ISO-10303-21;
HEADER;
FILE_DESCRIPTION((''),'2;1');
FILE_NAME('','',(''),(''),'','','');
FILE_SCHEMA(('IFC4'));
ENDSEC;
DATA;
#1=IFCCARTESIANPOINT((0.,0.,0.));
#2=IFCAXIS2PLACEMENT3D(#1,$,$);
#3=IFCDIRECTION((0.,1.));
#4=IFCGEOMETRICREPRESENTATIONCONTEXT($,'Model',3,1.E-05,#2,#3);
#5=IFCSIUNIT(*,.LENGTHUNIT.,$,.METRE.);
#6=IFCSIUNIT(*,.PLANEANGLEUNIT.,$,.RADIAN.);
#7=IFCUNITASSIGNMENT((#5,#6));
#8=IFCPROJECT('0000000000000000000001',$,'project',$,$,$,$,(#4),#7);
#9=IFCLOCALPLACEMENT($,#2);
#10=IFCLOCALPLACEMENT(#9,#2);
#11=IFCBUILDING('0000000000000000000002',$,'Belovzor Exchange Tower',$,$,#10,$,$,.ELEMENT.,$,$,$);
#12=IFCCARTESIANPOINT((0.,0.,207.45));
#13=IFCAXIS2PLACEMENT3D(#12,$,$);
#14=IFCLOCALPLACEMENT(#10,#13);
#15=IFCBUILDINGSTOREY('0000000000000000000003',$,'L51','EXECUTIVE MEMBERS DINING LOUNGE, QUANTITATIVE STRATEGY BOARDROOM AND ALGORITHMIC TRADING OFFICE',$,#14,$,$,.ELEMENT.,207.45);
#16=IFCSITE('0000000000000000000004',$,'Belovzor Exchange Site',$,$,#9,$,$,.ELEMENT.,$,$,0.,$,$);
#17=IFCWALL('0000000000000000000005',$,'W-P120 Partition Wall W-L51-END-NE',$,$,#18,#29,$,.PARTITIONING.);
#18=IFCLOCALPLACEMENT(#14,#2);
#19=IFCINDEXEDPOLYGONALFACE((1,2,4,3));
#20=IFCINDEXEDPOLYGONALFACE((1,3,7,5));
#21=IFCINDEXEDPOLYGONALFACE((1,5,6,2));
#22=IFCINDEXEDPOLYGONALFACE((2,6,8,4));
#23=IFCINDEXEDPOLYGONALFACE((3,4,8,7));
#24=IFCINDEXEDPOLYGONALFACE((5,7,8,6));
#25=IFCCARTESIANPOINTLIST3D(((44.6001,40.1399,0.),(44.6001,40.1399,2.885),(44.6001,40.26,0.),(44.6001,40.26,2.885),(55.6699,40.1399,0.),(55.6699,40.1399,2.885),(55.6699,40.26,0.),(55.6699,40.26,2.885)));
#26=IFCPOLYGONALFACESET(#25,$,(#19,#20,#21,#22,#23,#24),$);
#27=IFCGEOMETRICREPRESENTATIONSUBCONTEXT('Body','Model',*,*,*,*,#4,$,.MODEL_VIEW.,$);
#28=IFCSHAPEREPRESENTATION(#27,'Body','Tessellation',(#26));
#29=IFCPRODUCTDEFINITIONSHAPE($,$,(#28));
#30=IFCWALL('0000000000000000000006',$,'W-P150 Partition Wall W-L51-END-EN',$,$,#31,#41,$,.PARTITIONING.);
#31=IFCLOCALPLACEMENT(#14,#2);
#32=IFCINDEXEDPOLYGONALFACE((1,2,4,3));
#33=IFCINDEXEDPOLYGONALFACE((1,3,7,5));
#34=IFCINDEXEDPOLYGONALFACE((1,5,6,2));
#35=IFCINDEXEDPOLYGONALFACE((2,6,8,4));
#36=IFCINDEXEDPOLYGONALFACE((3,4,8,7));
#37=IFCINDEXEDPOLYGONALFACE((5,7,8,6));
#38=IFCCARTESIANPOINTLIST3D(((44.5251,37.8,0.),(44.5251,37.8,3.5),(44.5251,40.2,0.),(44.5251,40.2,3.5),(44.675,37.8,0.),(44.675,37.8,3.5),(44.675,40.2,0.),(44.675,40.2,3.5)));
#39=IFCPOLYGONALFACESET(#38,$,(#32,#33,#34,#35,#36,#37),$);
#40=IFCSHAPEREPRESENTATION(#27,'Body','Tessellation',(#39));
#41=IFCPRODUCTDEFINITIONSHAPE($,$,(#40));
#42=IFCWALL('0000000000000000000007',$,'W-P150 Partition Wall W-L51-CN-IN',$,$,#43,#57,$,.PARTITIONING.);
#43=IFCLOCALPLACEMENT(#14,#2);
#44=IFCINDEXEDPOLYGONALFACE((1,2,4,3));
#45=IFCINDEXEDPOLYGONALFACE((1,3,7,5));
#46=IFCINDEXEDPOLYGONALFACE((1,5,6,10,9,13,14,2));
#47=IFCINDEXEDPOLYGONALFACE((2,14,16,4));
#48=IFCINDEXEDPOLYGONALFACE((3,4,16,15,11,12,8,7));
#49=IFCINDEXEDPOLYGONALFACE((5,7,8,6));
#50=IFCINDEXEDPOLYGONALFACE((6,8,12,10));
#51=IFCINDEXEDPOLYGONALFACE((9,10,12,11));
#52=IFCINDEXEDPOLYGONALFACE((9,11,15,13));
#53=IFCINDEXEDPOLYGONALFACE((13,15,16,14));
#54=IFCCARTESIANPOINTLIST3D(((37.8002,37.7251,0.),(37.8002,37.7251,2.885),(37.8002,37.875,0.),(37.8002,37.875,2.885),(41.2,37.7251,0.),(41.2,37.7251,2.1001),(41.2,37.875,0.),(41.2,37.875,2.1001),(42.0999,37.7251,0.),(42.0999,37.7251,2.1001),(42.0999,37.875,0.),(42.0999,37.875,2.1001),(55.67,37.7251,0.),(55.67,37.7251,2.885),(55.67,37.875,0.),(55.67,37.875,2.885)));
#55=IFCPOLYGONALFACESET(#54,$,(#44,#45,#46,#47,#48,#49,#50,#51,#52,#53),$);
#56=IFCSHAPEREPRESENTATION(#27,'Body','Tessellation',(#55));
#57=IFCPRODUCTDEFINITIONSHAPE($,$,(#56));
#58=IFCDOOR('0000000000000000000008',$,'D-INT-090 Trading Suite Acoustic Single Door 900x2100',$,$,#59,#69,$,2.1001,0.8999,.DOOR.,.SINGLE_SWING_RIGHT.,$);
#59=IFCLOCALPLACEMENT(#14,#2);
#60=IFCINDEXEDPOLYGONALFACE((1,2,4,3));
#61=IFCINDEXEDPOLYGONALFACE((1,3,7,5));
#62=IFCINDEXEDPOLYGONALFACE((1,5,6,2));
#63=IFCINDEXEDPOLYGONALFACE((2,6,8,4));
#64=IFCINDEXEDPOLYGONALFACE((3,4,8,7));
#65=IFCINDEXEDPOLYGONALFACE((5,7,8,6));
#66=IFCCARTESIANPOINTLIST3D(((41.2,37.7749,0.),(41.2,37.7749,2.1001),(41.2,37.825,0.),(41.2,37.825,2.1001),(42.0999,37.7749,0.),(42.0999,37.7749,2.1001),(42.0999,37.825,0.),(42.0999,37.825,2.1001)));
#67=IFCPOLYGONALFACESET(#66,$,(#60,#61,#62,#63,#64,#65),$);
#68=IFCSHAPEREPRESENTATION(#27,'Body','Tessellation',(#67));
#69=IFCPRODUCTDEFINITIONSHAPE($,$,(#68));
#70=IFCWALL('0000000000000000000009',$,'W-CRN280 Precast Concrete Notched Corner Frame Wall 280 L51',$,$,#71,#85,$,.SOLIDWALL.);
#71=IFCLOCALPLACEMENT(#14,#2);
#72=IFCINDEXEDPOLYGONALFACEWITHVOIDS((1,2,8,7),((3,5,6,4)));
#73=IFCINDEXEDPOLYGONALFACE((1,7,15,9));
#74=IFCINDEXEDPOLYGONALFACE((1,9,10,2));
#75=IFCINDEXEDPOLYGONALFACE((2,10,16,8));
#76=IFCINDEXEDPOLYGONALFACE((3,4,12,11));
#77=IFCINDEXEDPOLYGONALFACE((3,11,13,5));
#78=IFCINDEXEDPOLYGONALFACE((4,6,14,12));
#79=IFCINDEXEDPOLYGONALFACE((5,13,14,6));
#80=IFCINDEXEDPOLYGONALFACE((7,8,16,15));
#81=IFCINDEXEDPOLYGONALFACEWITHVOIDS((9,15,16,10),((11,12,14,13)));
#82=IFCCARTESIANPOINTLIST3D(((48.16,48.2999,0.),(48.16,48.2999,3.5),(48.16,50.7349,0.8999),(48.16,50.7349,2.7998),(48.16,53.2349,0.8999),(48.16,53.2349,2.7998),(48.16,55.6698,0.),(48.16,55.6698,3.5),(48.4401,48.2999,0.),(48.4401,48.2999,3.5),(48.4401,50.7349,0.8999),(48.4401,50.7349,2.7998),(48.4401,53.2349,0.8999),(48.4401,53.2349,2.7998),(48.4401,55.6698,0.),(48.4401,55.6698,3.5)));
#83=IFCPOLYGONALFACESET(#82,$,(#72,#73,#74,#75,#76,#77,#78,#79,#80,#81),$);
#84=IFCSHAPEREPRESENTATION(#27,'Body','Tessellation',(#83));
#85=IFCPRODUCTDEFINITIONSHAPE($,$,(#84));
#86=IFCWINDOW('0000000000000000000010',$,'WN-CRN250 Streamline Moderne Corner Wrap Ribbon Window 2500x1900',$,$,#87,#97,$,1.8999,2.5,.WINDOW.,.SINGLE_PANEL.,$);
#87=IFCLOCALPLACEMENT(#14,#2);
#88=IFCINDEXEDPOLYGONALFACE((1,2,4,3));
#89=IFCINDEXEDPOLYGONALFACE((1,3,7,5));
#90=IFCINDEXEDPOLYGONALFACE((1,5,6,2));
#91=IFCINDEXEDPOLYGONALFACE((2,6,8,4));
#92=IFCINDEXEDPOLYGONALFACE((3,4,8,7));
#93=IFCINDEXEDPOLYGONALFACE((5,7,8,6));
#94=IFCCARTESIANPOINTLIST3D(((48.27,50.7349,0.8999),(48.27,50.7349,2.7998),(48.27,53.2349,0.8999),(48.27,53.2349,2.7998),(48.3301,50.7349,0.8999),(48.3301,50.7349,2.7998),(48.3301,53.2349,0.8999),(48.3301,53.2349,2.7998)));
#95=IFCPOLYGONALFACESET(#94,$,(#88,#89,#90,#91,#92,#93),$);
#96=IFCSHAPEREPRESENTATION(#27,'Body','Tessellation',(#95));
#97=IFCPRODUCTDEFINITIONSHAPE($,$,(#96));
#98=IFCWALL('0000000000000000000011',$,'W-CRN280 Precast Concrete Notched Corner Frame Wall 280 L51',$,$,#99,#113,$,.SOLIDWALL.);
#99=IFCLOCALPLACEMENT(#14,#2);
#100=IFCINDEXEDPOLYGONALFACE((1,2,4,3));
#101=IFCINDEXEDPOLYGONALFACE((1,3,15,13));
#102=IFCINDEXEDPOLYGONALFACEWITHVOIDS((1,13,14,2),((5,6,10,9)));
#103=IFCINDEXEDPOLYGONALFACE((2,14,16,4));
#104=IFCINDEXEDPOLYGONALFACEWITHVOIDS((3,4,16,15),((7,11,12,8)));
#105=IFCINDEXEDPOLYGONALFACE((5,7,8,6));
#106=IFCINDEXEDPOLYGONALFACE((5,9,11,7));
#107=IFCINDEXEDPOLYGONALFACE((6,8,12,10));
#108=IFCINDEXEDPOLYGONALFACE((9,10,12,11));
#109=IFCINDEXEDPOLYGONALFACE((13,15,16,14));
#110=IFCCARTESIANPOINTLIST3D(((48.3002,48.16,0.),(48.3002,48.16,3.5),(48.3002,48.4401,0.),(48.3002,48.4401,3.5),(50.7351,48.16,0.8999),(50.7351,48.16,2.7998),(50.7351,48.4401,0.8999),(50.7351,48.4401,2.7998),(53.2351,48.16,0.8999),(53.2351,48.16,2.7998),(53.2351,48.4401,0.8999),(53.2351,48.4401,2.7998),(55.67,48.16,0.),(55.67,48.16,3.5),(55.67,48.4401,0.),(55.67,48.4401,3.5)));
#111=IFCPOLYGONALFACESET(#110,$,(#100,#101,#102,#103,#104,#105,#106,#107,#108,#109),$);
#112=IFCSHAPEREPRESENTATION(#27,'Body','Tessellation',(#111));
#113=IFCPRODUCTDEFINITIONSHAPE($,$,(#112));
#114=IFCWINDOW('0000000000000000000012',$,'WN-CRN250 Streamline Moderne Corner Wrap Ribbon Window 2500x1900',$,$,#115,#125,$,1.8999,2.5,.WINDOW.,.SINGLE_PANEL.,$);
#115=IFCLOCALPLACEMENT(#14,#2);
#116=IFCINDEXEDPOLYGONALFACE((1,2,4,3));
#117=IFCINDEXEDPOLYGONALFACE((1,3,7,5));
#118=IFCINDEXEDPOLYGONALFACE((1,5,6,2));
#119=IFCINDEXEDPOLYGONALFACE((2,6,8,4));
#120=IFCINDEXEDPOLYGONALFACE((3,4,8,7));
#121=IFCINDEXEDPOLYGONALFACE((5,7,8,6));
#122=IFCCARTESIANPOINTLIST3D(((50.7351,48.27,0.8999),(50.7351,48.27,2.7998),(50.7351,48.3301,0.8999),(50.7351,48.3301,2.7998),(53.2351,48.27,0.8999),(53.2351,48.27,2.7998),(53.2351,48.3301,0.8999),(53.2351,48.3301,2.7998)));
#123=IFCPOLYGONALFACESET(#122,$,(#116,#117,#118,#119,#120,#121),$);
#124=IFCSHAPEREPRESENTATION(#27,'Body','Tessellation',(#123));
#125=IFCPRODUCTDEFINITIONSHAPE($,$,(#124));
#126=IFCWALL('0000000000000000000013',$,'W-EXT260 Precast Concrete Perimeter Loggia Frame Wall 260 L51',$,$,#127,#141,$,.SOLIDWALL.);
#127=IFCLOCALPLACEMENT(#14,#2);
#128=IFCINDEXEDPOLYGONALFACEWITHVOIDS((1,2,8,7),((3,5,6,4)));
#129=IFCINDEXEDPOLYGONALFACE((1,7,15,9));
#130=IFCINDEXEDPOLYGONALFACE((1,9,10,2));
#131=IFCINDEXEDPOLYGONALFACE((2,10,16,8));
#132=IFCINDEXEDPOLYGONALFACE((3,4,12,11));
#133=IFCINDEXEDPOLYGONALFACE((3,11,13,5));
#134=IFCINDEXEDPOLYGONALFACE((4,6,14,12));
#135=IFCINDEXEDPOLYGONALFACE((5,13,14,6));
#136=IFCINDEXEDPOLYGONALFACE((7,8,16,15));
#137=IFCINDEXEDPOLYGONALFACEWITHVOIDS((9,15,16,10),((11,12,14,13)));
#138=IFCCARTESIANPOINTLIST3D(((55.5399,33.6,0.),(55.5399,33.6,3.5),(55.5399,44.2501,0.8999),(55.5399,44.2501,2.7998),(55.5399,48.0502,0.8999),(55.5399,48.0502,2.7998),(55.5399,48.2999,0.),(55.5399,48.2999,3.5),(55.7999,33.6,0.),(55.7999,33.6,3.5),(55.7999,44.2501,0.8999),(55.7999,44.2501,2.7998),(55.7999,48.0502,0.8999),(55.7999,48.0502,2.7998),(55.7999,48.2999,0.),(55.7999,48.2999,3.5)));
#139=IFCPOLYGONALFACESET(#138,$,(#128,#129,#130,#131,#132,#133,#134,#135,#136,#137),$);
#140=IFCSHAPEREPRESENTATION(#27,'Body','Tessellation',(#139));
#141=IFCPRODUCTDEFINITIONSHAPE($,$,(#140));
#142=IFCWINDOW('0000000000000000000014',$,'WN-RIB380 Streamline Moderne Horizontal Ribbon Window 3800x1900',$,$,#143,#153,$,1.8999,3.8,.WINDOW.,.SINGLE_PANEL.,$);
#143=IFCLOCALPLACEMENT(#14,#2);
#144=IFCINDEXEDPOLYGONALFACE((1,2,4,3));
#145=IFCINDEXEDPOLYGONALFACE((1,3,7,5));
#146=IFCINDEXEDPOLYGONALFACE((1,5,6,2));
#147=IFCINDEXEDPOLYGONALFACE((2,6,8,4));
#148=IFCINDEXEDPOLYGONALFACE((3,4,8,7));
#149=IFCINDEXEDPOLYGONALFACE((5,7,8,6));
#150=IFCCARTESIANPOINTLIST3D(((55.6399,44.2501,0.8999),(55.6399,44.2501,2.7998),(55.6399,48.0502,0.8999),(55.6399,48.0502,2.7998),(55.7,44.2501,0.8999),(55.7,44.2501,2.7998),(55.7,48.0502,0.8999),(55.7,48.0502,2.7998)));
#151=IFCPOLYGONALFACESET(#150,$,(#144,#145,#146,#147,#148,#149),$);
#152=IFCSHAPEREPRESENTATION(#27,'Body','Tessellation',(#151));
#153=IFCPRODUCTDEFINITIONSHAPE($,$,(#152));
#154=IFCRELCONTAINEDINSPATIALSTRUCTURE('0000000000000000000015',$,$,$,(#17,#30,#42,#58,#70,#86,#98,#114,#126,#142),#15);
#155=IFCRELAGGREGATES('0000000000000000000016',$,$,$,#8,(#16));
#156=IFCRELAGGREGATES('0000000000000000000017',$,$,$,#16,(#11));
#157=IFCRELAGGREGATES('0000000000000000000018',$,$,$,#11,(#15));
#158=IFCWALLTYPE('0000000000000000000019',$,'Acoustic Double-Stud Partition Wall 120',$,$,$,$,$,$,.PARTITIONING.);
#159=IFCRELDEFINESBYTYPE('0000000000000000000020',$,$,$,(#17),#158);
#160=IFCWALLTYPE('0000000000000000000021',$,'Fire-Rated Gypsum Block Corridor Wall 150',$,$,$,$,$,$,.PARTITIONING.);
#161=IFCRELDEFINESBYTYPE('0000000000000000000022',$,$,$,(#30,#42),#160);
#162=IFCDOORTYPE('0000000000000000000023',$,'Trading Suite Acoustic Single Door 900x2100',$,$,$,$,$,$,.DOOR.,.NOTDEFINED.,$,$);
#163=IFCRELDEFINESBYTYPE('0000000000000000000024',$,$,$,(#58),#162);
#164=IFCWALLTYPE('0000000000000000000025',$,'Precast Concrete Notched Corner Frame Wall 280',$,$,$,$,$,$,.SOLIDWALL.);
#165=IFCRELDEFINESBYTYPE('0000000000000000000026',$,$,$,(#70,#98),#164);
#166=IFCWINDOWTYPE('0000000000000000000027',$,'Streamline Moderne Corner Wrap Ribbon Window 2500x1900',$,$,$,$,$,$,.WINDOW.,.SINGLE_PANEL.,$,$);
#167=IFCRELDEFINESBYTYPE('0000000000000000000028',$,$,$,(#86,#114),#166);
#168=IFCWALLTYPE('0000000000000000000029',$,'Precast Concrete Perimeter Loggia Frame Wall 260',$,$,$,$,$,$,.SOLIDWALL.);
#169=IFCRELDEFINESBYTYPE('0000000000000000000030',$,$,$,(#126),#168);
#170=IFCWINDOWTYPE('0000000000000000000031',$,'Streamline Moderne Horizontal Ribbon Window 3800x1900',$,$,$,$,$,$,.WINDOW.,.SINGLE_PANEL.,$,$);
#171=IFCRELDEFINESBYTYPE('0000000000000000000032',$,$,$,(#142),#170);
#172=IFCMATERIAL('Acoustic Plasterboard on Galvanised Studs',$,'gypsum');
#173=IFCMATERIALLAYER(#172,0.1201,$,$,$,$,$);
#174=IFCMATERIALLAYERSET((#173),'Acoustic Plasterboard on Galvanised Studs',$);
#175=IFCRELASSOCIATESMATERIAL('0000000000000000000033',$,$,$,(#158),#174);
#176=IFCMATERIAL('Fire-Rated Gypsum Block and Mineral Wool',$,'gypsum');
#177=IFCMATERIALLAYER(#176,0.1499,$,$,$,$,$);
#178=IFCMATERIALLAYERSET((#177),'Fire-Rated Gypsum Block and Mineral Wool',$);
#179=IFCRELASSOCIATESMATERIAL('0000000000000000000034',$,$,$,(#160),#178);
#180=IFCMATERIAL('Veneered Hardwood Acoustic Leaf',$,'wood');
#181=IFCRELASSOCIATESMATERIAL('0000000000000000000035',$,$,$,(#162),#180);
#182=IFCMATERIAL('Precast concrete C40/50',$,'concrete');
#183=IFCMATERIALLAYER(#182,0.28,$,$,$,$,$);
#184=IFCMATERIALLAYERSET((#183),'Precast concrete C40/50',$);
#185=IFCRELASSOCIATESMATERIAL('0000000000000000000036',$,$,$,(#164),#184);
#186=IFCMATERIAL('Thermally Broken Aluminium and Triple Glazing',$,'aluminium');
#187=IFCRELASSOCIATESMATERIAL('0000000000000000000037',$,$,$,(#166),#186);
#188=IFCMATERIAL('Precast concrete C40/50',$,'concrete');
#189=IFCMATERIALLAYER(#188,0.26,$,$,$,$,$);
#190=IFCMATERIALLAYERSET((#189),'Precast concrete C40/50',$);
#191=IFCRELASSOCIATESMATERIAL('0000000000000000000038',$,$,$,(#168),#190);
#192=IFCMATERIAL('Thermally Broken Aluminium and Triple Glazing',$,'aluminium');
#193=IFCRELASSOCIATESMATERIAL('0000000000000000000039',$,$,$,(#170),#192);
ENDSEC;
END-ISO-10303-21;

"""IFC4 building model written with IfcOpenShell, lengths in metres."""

from ifc_helpers import new_model, si_unit, direction, frame, frame_2d, origin, place, context, subcontext, project, spatial, rectangle, extrude, material, layer, layer_set, type_object, element, fill, save


model = new_model("IFC4")

# Units and contexts
model_context = context("Model", 3, precision=1e-05, world=origin(), true_north=direction((0.0, 1.0)))
body_context = subcontext(model_context, "Body", "Model", "MODEL_VIEW")
ifc_project = project(units=[si_unit("LENGTHUNIT", "METRE"), si_unit("PLANEANGLEUNIT", "RADIAN")], contexts=[model_context])

# Site, building, storey
site_placement = place(None, origin())
site = spatial("IfcSite", under=ifc_project, at=site_placement, Name="Belovzor Exchange Site", CompositionType="ELEMENT", RefElevation=0.0)
building_placement = place(site_placement, origin())
building = spatial("IfcBuilding", under=site, at=building_placement, Name="Belovzor Exchange Tower", CompositionType="ELEMENT")
storey_placement = place(building_placement, frame((0.0, 0.0, 207.45)))
storey = spatial("IfcBuildingStorey", under=building, at=storey_placement, Name="L51", Description="EXECUTIVE MEMBERS DINING LOUNGE, QUANTITATIVE STRATEGY BOARDROOM AND ALGORITHMIC TRADING OFFICE", CompositionType="ELEMENT", Elevation=207.45)

# Walls
ifc_material_1 = material(Name="Acoustic Plasterboard on Galvanised Studs", Category="gypsum")
ifc_layer_1 = layer(ifc_material_1, 0.1201)
ifc_layer_set_1 = layer_set([ifc_layer_1], Name="Acoustic Plasterboard on Galvanised Studs")
wall_type_1 = type_object("IfcWallType", Name="Acoustic Double-Stud Partition Wall 120", PredefinedType="PARTITIONING", material=ifc_layer_set_1)
wall_1_placement = place(storey_placement, frame((44.6001, 40.2, 0.0), z_axis=(0.0, 0.0, 1.0), x_axis=(1.0, 0.0, 0.0)))
element("IfcWall", 1, at=wall_1_placement, inside=storey, type_object=wall_type_1, Name="W-P120 Partition Wall W-L51-END-NE", PredefinedType="PARTITIONING", context=body_context, shape_type="SweptSolid", body=[
    extrude(rectangle(XDim=11.0698, YDim=0.1201, at=frame_2d((5.5349, 0.0))), origin(), (0.0, 0.0, 1.0), 2.885),
])
ifc_material_2 = material(Name="Fire-Rated Gypsum Block and Mineral Wool", Category="gypsum")
ifc_layer_2 = layer(ifc_material_2, 0.1499)
ifc_layer_set_2 = layer_set([ifc_layer_2], Name="Fire-Rated Gypsum Block and Mineral Wool")
wall_type_2 = type_object("IfcWallType", Name="Fire-Rated Gypsum Block Corridor Wall 150", PredefinedType="PARTITIONING", material=ifc_layer_set_2)
wall_2_placement = place(storey_placement, frame((44.6001, 37.8, 0.0), z_axis=(0.0, 0.0, 1.0), x_axis=(0.0, 1.0, 0.0)))
element("IfcWall", 2, at=wall_2_placement, inside=storey, type_object=wall_type_2, Name="W-P150 Partition Wall W-L51-END-EN", PredefinedType="PARTITIONING", context=body_context, shape_type="SweptSolid", body=[
    extrude(rectangle(XDim=2.3999, YDim=0.1499, at=frame_2d((1.2, 0.0))), origin(), (0.0, 0.0, 1.0), 3.5),
])

# Wall, opening, door
wall_3_placement = place(storey_placement, frame((37.8, 37.8, 0.0), z_axis=(0.0, 0.0, 1.0), x_axis=(1.0, 0.0, 0.0)))
wall_3 = element("IfcWall", 3, at=wall_3_placement, inside=storey, type_object=wall_type_2, Name="W-P150 Partition Wall W-L51-CN-IN", PredefinedType="PARTITIONING", context=body_context, shape_type="SweptSolid", body=[
    extrude(rectangle(XDim=17.8699, YDim=0.1499, at=frame_2d((8.9351, 0.0))), origin(), (0.0, 0.0, 1.0), 2.885),
])
opening_1_placement = place(wall_3_placement, frame((3.3999, 0.0, 0.0)))
opening_1 = element("IfcOpeningElement", 4, at=opening_1_placement, cuts=wall_3, PredefinedType="OPENING", context=body_context, shape_type="SweptSolid", body=[
    extrude(rectangle(XDim=0.8999, YDim=2.1001, at=frame_2d((0.45, 1.05))), frame((0.0, 0.085, 0.0), z_axis=(0.0, -1.0, 0.0), x_axis=(1.0, 0.0, 0.0)), (0.0, 0.0, 1.0), 0.1699),
])
ifc_material_3 = material(Name="Veneered Hardwood Acoustic Leaf", Category="wood")
door_type = type_object("IfcDoorType", Name="Trading Suite Acoustic Single Door 900x2100", OperationType="NOTDEFINED", PredefinedType="DOOR", material=ifc_material_3)
door_placement = place(opening_1_placement, origin())
door = element("IfcDoor", 5, at=door_placement, inside=storey, type_object=door_type, Name="D-INT-090 Trading Suite Acoustic Single Door 900x2100", OperationType="SINGLE_SWING_RIGHT", OverallHeight=2.1001, OverallWidth=0.8999, PredefinedType="DOOR", context=body_context, shape_type="SweptSolid", body=[
    extrude(rectangle(XDim=0.8999, YDim=2.1001, at=frame_2d((0.45, 1.05))), frame((0.0, 0.0249, 0.0), z_axis=(0.0, -1.0, 0.0), x_axis=(1.0, 0.0, 0.0)), (0.0, 0.0, 1.0), 0.05),
])
fill(opening_1, door)

# Walls, openings, windows
ifc_material_4 = material(Name="Precast concrete C40/50", Category="concrete")
ifc_layer_3 = layer(ifc_material_4, 0.28)
ifc_layer_set_3 = layer_set([ifc_layer_3], Name="Precast concrete C40/50")
wall_type_3 = type_object("IfcWallType", Name="Precast Concrete Notched Corner Frame Wall 280", PredefinedType="SOLIDWALL", material=ifc_layer_set_3)
wall_4_placement = place(storey_placement, frame((48.3, 55.6699, 0.0), z_axis=(0.0, 0.0, 1.0), x_axis=(0.0, -1.0, 0.0)))
wall_4 = element("IfcWall", 6, at=wall_4_placement, inside=storey, type_object=wall_type_3, Name="W-CRN280 Precast Concrete Notched Corner Frame Wall 280 L51", PredefinedType="SOLIDWALL", context=body_context, shape_type="SweptSolid", body=[
    extrude(rectangle(XDim=7.3699, YDim=0.28, at=frame_2d((3.6851, 0.0))), origin(), (0.0, 0.0, 1.0), 3.5),
])
opening_2_placement = place(wall_4_placement, frame((2.4351, 0.0, 0.8999)))
opening_2 = element("IfcOpeningElement", 7, at=opening_2_placement, cuts=wall_4, PredefinedType="OPENING", context=body_context, shape_type="SweptSolid", body=[
    extrude(rectangle(XDim=2.5, YDim=1.8999, at=frame_2d((1.25, 0.95))), frame((0.0, 0.1499, 0.0), z_axis=(0.0, -1.0, 0.0), x_axis=(1.0, 0.0, 0.0)), (0.0, 0.0, 1.0), 0.3),
])
ifc_material_5 = material(Name="Thermally Broken Aluminium and Triple Glazing", Category="aluminium")
window_type_1 = type_object("IfcWindowType", Name="Streamline Moderne Corner Wrap Ribbon Window 2500x1900", PartitioningType="SINGLE_PANEL", PredefinedType="WINDOW", material=ifc_material_5)
window_1_placement = place(opening_2_placement, origin())
window_1 = element("IfcWindow", 8, at=window_1_placement, inside=storey, type_object=window_type_1, Name="WN-CRN250 Streamline Moderne Corner Wrap Ribbon Window 2500x1900", OverallHeight=1.8999, OverallWidth=2.5, PartitioningType="SINGLE_PANEL", PredefinedType="WINDOW", context=body_context, shape_type="SweptSolid", body=[
    extrude(rectangle(XDim=2.5, YDim=1.8999, at=frame_2d((1.25, 0.95))), frame((0.0, 0.03, 0.0), z_axis=(0.0, -1.0, 0.0), x_axis=(1.0, 0.0, 0.0)), (0.0, 0.0, 1.0), 0.0601),
])
fill(opening_2, window_1)
wall_5_placement = place(storey_placement, frame((48.3, 48.3, 0.0), z_axis=(0.0, 0.0, 1.0), x_axis=(1.0, 0.0, 0.0)))
wall_5 = element("IfcWall", 9, at=wall_5_placement, inside=storey, type_object=wall_type_3, Name="W-CRN280 Precast Concrete Notched Corner Frame Wall 280 L51", PredefinedType="SOLIDWALL", context=body_context, shape_type="SweptSolid", body=[
    extrude(rectangle(XDim=7.3699, YDim=0.28, at=frame_2d((3.6851, 0.0))), origin(), (0.0, 0.0, 1.0), 3.5),
])
opening_3_placement = place(wall_5_placement, frame((2.4351, 0.0, 0.8999)))
opening_3 = element("IfcOpeningElement", 10, at=opening_3_placement, cuts=wall_5, PredefinedType="OPENING", context=body_context, shape_type="SweptSolid", body=[
    extrude(rectangle(XDim=2.5, YDim=1.8999, at=frame_2d((1.25, 0.95))), frame((0.0, 0.1499, 0.0), z_axis=(0.0, -1.0, 0.0), x_axis=(1.0, 0.0, 0.0)), (0.0, 0.0, 1.0), 0.3),
])
window_2_placement = place(opening_3_placement, origin())
window_2 = element("IfcWindow", 11, at=window_2_placement, inside=storey, type_object=window_type_1, Name="WN-CRN250 Streamline Moderne Corner Wrap Ribbon Window 2500x1900", OverallHeight=1.8999, OverallWidth=2.5, PartitioningType="SINGLE_PANEL", PredefinedType="WINDOW", context=body_context, shape_type="SweptSolid", body=[
    extrude(rectangle(XDim=2.5, YDim=1.8999, at=frame_2d((1.25, 0.95))), frame((0.0, 0.03, 0.0), z_axis=(0.0, -1.0, 0.0), x_axis=(1.0, 0.0, 0.0)), (0.0, 0.0, 1.0), 0.0601),
])
fill(opening_3, window_2)
ifc_material_6 = material(Name="Precast concrete C40/50", Category="concrete")
ifc_layer_4 = layer(ifc_material_6, 0.26)
ifc_layer_set_4 = layer_set([ifc_layer_4], Name="Precast concrete C40/50")
wall_type_4 = type_object("IfcWallType", Name="Precast Concrete Perimeter Loggia Frame Wall 260", PredefinedType="SOLIDWALL", material=ifc_layer_set_4)
wall_6_placement = place(storey_placement, frame((55.6699, 48.3, 0.0), z_axis=(0.0, 0.0, 1.0), x_axis=(0.0, -1.0, 0.0)))
wall_6 = element("IfcWall", 12, at=wall_6_placement, inside=storey, type_object=wall_type_4, Name="W-EXT260 Precast Concrete Perimeter Loggia Frame Wall 260 L51", PredefinedType="SOLIDWALL", context=body_context, shape_type="SweptSolid", body=[
    extrude(rectangle(XDim=14.7, YDim=0.26, at=frame_2d((7.3501, 0.0))), origin(), (0.0, 0.0, 1.0), 3.5),
])
opening_4_placement = place(wall_6_placement, frame((0.25, 0.0, 0.8999)))
opening_4 = element("IfcOpeningElement", 13, at=opening_4_placement, cuts=wall_6, PredefinedType="OPENING", context=body_context, shape_type="SweptSolid", body=[
    extrude(rectangle(XDim=3.8, YDim=1.8999, at=frame_2d((1.8999, 0.95))), frame((0.0, 0.1399, 0.0), z_axis=(0.0, -1.0, 0.0), x_axis=(1.0, 0.0, 0.0)), (0.0, 0.0, 1.0), 0.28),
])
ifc_material_7 = material(Name="Thermally Broken Aluminium and Triple Glazing", Category="aluminium")
window_type_2 = type_object("IfcWindowType", Name="Streamline Moderne Horizontal Ribbon Window 3800x1900", PartitioningType="SINGLE_PANEL", PredefinedType="WINDOW", material=ifc_material_7)
window_3_placement = place(opening_4_placement, origin())
window_3 = element("IfcWindow", 14, at=window_3_placement, inside=storey, type_object=window_type_2, Name="WN-RIB380 Streamline Moderne Horizontal Ribbon Window 3800x1900", OverallHeight=1.8999, OverallWidth=3.8, PartitioningType="SINGLE_PANEL", PredefinedType="WINDOW", context=body_context, shape_type="SweptSolid", body=[
    extrude(rectangle(XDim=3.8, YDim=1.8999, at=frame_2d((1.8999, 0.95))), frame((0.0, 0.03, 0.0), z_axis=(0.0, -1.0, 0.0), x_axis=(1.0, 0.0, 0.0)), (0.0, 0.0, 1.0), 0.0601),
])
fill(opening_4, window_3)

save(model, "model.ifc")
